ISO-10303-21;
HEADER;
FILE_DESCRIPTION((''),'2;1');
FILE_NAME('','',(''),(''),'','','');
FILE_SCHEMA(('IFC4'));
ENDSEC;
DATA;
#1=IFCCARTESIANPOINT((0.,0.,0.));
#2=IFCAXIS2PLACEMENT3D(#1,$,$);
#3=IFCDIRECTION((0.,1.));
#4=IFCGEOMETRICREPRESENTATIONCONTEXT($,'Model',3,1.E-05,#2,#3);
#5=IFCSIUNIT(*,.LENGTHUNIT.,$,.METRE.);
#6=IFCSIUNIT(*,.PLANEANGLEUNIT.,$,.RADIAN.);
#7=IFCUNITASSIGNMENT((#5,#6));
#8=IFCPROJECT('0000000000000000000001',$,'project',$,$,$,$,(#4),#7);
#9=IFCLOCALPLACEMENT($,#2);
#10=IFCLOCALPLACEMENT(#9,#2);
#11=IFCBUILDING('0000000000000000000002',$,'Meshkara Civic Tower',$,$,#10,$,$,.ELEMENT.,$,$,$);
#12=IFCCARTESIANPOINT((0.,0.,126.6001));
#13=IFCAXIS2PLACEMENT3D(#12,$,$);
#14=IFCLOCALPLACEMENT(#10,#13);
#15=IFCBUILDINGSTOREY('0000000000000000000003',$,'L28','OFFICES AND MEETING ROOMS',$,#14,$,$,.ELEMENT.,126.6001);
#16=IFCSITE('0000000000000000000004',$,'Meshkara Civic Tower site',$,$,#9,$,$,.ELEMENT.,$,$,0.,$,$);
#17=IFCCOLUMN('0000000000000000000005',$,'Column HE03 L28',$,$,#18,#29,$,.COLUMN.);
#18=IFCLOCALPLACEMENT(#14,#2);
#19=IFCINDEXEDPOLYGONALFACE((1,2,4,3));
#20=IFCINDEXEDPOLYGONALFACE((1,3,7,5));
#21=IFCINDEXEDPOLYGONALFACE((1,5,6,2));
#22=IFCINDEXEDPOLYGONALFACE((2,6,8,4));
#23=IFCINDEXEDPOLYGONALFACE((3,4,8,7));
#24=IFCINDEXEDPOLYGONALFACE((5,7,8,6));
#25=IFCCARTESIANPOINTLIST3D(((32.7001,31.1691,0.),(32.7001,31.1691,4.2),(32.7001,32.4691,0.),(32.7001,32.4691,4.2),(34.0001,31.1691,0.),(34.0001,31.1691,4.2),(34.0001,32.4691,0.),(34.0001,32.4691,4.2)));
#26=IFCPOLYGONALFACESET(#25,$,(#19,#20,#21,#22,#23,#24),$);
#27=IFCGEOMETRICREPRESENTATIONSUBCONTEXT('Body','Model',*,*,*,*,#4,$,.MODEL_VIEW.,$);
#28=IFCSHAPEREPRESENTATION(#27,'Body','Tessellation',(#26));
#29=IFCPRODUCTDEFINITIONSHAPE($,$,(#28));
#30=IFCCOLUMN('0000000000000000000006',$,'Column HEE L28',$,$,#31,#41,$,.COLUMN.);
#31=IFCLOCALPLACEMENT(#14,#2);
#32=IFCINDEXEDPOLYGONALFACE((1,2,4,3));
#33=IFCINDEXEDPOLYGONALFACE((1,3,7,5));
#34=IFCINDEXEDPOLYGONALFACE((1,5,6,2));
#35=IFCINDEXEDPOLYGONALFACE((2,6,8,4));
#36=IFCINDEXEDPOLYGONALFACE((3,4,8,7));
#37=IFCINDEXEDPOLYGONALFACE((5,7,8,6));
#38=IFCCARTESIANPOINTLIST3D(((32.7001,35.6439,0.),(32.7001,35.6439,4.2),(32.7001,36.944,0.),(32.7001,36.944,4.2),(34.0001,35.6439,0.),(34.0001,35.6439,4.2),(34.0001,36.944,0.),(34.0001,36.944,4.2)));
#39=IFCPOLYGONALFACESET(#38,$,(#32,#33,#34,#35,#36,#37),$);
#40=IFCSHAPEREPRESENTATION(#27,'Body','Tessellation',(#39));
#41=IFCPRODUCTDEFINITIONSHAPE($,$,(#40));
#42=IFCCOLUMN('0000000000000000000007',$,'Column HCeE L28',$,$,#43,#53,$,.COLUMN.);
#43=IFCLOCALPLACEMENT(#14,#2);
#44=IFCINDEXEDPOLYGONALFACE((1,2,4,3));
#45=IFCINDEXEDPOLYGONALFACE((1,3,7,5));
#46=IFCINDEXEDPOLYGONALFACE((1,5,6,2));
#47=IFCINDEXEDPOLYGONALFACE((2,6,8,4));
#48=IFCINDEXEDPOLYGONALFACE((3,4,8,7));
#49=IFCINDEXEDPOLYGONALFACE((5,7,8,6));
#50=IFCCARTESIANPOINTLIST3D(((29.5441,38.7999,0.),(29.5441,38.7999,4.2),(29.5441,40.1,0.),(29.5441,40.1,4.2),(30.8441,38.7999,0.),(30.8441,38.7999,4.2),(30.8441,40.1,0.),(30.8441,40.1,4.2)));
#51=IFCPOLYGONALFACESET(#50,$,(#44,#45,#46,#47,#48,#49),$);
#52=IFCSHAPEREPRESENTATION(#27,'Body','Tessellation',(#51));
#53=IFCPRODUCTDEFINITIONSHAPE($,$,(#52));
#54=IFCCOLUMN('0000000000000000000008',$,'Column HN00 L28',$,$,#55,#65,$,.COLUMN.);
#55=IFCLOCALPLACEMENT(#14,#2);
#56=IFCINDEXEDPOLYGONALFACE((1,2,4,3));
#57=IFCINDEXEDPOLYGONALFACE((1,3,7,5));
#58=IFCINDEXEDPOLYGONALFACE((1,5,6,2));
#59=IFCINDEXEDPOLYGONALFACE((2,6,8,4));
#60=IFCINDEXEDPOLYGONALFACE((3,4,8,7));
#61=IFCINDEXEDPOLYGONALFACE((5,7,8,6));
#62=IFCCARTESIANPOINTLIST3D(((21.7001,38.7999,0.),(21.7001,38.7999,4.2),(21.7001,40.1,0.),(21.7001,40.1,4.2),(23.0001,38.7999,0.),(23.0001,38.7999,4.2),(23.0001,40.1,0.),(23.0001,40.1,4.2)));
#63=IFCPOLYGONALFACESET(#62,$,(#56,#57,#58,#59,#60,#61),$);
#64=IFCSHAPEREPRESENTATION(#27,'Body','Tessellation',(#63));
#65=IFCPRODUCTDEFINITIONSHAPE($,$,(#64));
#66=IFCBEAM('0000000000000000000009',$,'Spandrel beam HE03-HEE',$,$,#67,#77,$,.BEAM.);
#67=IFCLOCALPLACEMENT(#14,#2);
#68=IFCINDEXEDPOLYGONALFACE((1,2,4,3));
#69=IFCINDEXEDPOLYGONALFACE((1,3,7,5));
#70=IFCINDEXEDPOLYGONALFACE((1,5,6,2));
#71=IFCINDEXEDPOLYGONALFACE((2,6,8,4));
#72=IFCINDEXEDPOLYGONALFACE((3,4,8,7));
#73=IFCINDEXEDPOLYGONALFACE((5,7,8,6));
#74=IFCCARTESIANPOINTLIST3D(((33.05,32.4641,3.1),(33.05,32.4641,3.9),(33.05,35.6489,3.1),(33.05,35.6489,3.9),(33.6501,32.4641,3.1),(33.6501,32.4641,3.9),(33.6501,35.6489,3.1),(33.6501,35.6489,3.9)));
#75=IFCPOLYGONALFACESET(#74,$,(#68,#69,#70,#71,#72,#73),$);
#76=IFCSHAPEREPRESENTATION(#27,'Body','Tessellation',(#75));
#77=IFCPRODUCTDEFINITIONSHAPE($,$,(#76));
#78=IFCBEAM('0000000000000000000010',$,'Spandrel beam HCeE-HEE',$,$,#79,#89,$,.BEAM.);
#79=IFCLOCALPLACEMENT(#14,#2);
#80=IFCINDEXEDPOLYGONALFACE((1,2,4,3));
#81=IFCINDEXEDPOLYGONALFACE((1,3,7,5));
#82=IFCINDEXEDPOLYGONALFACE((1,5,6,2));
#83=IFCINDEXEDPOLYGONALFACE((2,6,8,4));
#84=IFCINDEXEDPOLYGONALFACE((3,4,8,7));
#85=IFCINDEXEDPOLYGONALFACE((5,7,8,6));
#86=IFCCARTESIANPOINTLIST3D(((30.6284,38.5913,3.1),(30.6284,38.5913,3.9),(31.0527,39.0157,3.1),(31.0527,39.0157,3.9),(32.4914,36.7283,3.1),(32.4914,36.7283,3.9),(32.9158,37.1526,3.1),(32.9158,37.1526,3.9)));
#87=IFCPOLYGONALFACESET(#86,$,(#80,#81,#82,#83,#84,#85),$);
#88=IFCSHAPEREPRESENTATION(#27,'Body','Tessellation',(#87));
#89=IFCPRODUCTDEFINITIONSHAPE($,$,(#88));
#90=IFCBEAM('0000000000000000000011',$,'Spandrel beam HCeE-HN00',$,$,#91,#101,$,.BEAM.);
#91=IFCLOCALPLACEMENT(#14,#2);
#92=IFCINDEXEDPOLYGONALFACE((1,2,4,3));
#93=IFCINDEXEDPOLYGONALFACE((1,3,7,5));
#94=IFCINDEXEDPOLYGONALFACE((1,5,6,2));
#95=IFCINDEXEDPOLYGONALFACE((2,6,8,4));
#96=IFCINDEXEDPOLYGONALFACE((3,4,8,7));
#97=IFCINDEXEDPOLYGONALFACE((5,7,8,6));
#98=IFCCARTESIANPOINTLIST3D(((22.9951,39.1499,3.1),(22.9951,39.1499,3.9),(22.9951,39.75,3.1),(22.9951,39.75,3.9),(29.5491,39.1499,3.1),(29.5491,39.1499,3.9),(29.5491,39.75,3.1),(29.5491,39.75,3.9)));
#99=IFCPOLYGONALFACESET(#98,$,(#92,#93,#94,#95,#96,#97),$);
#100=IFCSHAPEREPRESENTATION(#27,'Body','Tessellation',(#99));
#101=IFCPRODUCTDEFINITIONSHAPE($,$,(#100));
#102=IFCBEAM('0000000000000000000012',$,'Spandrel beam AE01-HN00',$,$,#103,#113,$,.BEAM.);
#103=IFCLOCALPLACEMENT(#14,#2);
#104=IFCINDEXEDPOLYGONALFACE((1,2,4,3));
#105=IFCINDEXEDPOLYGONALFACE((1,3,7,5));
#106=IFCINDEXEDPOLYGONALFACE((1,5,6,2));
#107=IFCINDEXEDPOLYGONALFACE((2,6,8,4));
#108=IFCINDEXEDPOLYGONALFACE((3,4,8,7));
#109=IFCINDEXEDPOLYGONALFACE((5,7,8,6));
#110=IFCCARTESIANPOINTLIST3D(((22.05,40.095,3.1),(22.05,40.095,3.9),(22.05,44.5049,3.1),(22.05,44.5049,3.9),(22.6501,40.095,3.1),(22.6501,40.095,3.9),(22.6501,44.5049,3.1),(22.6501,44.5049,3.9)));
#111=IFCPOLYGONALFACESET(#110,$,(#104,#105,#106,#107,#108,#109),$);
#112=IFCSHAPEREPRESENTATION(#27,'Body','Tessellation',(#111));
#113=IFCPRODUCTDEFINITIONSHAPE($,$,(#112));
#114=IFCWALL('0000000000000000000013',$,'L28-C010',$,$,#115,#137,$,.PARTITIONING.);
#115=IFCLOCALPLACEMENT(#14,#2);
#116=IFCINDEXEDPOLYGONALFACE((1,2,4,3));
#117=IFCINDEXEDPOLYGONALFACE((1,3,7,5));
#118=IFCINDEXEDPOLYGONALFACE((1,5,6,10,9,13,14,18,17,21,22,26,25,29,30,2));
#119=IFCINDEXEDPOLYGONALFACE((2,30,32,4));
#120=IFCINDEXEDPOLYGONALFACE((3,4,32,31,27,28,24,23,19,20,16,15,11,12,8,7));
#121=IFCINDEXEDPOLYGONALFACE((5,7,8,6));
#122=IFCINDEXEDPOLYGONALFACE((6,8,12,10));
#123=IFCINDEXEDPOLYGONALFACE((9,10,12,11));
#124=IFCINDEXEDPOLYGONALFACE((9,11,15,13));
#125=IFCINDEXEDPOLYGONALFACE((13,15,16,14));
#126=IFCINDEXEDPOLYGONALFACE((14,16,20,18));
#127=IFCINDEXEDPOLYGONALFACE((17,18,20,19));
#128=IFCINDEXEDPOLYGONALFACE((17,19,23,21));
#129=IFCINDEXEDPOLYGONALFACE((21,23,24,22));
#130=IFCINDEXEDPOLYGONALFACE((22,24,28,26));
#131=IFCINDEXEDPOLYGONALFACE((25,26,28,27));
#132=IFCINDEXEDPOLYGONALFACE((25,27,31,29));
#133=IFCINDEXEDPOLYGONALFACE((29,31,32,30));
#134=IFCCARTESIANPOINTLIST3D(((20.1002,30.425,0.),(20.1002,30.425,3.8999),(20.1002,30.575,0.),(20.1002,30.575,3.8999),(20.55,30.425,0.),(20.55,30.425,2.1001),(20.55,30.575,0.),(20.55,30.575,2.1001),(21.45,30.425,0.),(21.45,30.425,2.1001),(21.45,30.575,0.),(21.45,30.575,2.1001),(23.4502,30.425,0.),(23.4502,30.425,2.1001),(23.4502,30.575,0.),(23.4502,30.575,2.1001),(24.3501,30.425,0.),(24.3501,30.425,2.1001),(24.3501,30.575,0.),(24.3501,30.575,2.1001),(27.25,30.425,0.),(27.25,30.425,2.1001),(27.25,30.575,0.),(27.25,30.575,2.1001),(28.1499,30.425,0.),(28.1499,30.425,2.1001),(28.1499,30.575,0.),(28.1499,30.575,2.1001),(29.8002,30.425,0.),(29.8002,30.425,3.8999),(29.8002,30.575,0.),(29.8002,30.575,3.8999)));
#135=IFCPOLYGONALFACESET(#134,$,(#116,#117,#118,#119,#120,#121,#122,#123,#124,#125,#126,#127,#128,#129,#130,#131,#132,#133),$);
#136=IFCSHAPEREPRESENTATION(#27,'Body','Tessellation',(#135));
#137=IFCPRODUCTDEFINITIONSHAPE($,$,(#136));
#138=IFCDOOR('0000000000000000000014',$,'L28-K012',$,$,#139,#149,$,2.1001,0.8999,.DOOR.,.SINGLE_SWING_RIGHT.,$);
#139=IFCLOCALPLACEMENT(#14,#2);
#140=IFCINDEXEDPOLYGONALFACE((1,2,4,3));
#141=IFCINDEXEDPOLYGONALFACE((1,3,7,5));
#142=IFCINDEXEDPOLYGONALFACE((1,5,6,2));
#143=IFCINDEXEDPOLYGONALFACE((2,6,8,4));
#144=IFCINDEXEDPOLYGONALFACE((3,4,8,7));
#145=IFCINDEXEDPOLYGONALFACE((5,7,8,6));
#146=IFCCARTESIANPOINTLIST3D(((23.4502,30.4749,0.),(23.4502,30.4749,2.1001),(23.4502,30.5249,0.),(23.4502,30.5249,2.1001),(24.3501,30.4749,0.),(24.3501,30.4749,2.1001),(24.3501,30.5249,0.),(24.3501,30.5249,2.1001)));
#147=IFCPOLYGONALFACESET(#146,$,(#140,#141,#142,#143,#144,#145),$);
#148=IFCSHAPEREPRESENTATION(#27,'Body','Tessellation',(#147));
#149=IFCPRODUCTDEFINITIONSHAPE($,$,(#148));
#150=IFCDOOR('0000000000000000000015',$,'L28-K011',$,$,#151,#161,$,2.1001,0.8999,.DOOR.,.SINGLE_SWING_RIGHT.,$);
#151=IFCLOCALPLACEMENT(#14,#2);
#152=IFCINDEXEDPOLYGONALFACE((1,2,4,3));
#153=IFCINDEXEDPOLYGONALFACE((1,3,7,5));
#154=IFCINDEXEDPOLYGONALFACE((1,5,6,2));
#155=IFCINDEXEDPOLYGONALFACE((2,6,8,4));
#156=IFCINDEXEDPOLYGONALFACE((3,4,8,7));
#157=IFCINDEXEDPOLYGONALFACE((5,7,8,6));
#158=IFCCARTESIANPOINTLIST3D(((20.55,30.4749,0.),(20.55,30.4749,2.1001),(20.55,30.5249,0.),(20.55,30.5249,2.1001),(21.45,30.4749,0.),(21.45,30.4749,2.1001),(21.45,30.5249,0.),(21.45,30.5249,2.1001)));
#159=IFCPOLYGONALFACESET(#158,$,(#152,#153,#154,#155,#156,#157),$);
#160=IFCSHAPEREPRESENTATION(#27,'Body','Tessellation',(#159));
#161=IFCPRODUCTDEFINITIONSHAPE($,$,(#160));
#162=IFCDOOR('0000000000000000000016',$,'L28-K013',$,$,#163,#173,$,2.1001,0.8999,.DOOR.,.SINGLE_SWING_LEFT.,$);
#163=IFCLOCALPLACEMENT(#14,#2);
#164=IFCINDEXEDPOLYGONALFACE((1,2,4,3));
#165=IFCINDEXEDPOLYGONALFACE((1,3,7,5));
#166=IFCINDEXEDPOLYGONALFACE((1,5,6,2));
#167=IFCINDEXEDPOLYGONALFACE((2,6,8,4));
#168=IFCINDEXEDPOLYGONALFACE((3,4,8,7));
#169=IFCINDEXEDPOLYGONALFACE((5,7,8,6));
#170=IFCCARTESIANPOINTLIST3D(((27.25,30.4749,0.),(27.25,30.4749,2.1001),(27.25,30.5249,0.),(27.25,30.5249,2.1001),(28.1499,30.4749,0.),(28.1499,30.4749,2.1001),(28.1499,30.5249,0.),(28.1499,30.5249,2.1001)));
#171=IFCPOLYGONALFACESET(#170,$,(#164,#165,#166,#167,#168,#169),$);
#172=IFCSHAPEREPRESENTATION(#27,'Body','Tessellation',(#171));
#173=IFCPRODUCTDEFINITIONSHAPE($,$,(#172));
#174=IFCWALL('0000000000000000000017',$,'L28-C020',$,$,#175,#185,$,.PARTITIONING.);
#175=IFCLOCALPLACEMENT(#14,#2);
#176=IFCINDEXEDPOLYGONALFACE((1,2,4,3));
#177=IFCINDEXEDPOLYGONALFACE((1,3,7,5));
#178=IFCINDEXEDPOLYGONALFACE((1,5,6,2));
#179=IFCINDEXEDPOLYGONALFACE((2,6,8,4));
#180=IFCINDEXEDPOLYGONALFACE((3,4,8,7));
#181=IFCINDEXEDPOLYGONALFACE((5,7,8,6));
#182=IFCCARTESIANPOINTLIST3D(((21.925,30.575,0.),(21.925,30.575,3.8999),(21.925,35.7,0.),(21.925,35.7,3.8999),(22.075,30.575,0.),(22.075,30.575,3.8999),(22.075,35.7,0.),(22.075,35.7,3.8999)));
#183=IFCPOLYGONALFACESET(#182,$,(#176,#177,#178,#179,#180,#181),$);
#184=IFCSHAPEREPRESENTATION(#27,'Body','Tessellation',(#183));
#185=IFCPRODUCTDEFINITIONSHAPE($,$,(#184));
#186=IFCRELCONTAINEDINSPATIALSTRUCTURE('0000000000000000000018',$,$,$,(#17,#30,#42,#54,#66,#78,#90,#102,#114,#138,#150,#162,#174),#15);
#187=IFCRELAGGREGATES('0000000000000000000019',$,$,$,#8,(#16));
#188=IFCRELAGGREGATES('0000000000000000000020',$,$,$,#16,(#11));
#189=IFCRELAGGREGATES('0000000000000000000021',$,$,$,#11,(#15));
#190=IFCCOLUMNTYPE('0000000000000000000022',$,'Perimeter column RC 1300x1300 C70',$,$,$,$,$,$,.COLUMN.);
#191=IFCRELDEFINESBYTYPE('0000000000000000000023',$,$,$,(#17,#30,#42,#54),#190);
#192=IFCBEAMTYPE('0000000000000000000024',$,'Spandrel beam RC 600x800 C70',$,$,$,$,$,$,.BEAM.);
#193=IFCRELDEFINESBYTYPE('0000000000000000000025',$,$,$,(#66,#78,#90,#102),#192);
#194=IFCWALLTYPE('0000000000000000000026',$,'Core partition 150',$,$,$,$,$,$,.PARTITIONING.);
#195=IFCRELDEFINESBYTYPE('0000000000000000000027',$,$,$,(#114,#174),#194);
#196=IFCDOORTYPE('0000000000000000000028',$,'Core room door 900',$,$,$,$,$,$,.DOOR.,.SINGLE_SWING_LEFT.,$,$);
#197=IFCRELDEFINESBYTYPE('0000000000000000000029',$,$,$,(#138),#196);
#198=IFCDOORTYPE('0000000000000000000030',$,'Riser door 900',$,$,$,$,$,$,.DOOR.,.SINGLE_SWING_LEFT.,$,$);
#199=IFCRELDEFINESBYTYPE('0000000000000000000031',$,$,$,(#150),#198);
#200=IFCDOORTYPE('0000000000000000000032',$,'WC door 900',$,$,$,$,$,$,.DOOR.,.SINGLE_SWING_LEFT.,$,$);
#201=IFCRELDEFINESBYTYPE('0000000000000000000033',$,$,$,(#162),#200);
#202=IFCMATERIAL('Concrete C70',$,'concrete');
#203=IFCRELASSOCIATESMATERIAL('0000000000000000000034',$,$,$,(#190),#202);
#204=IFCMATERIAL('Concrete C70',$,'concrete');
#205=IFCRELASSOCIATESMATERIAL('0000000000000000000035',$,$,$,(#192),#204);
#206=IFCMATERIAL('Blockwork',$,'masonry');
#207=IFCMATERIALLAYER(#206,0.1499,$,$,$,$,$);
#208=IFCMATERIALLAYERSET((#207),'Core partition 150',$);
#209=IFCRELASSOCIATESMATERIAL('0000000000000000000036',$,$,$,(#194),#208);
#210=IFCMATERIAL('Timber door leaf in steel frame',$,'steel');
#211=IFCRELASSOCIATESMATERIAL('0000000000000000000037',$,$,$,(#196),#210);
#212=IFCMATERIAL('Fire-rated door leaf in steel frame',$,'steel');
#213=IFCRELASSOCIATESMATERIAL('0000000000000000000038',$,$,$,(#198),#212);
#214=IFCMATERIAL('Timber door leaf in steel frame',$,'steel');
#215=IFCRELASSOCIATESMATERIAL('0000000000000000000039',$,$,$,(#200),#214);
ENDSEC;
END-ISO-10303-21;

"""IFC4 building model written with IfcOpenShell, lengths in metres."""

from ifc_helpers import new_model, si_unit, direction, frame, frame_2d, origin, origin_2d, place, context, subcontext, project, spatial, rectangle, extrude, material, layer, layer_set, material_profile, profile_set, type_object, element, fill, save


model = new_model("IFC4")

# Units and contexts
model_context = context("Model", 3, precision=1e-05, world=origin(), true_north=direction((0.0, 1.0)))
body_context = subcontext(model_context, "Body", "Model", "MODEL_VIEW")
ifc_project = project(units=[si_unit("LENGTHUNIT", "METRE"), si_unit("PLANEANGLEUNIT", "RADIAN")], contexts=[model_context])

# Site, building, storey
site_placement = place(None, origin())
site = spatial("IfcSite", under=ifc_project, at=site_placement, Name="Meshkara Civic Tower site", CompositionType="ELEMENT", RefElevation=0.0)
building_placement = place(site_placement, origin())
building = spatial("IfcBuilding", under=site, at=building_placement, Name="Meshkara Civic Tower", CompositionType="ELEMENT")
storey_placement = place(building_placement, frame((0.0, 0.0, 126.6001)))
storey = spatial("IfcBuildingStorey", under=building, at=storey_placement, Name="L28", Description="OFFICES AND MEETING ROOMS", CompositionType="ELEMENT", Elevation=126.6001)

# Columns
ifc_material_1 = material(Name="Concrete C70", Category="concrete")
ifc_material_profile_1 = material_profile(ifc_material_1, rectangle(XDim=1.3, YDim=1.3, at=origin_2d()))
ifc_profile_set_1 = profile_set([ifc_material_profile_1], Name="Concrete C70")
column_type = type_object("IfcColumnType", Name="Perimeter column RC 1300x1300 C70", PredefinedType="COLUMN", material=ifc_profile_set_1)
for number, where, z_axis, x_axis, name in (
    (1, (33.3501, 31.8191, 0.0), (0.0, 0.0, 1.0), (1.0, 0.0, 0.0), "Column HE03 L28"),
    (2, (33.3501, 36.2939, 0.0), (0.0, 0.0, 1.0), (1.0, 0.0, 0.0), "Column HEE L28"),
    (3, (30.1941, 39.45, 0.0), (0.0, 0.0, 1.0), (1.0, 0.0, 0.0), "Column HCeE L28"),
    (4, (22.3501, 39.45, 0.0), (0.0, 0.0, 1.0), (1.0, 0.0, 0.0), "Column HN00 L28"),
):
    element("IfcColumn", number, at=place(storey_placement, frame(where, z_axis=z_axis, x_axis=x_axis)), inside=storey, type_object=column_type, Name=name, PredefinedType="COLUMN", context=body_context, shape_type="SweptSolid", body=[
        extrude(rectangle(XDim=1.3, YDim=1.3, at=origin_2d()), origin(), (0.0, 0.0, 1.0), 4.2),
    ])

# Beams
ifc_material_2 = material(Name="Concrete C70", Category="concrete")
ifc_material_profile_2 = material_profile(ifc_material_2, rectangle(XDim=0.6001, YDim=0.8, at=origin_2d()))
ifc_profile_set_2 = profile_set([ifc_material_profile_2], Name="Concrete C70")
beam_type = type_object("IfcBeamType", Name="Spandrel beam RC 600x800 C70", PredefinedType="BEAM", material=ifc_profile_set_2)
beam_1_placement = place(storey_placement, frame((33.3501, 32.4641, 3.5), z_axis=(0.0, 1.0, 0.0), x_axis=(-1.0, 0.0, 0.0)))
element("IfcBeam", 5, at=beam_1_placement, inside=storey, type_object=beam_type, Name="Spandrel beam HE03-HEE", PredefinedType="BEAM", context=body_context, shape_type="SweptSolid", body=[
    extrude(rectangle(XDim=0.6001, YDim=0.8, at=origin_2d()), origin(), (0.0, 0.0, 1.0), 3.1848),
])
beam_2_placement = place(storey_placement, frame((32.7036, 36.9404, 3.5), z_axis=(-0.707107, 0.707107, 0.0), x_axis=(-0.707107, -0.707107, 0.0)))
element("IfcBeam", 6, at=beam_2_placement, inside=storey, type_object=beam_type, Name="Spandrel beam HCeE-HEE", PredefinedType="BEAM", context=body_context, shape_type="SweptSolid", body=[
    extrude(rectangle(XDim=0.6001, YDim=0.8, at=origin_2d()), origin(), (0.0, 0.0, 1.0), 2.6348),
])
beam_3_placement = place(storey_placement, frame((29.5491, 39.45, 3.5), z_axis=(-1.0, 0.0, 0.0), x_axis=(0.0, -1.0, 0.0)))
element("IfcBeam", 7, at=beam_3_placement, inside=storey, type_object=beam_type, Name="Spandrel beam HCeE-HN00", PredefinedType="BEAM", context=body_context, shape_type="SweptSolid", body=[
    extrude(rectangle(XDim=0.6001, YDim=0.8, at=origin_2d()), origin(), (0.0, 0.0, 1.0), 6.554),
])
beam_4_placement = place(storey_placement, frame((22.3501, 40.095, 3.5), z_axis=(0.0, 1.0, 0.0), x_axis=(-1.0, 0.0, 0.0)))
element("IfcBeam", 8, at=beam_4_placement, inside=storey, type_object=beam_type, Name="Spandrel beam AE01-HN00", PredefinedType="BEAM", context=body_context, shape_type="SweptSolid", body=[
    extrude(rectangle(XDim=0.6001, YDim=0.8, at=origin_2d()), origin(), (0.0, 0.0, 1.0), 4.4099),
])

# Wall, openings, doors
ifc_material_3 = material(Name="Blockwork", Category="masonry")
ifc_layer_1 = layer(ifc_material_3, 0.1499)
ifc_layer_set_1 = layer_set([ifc_layer_1], Name="Core partition 150")
wall_type_1 = type_object("IfcWallType", Name="Core partition 150", PredefinedType="PARTITIONING", material=ifc_layer_set_1)
wall_1_placement = place(storey_placement, frame((20.1001, 30.5, 0.0), z_axis=(0.0, 0.0, 1.0), x_axis=(1.0, 0.0, 0.0)))
wall_1 = element("IfcWall", 9, at=wall_1_placement, inside=storey, type_object=wall_type_1, Name="L28-C010", PredefinedType="PARTITIONING", context=body_context, shape_type="SweptSolid", body=[
    extrude(rectangle(XDim=9.7, YDim=0.1499, at=frame_2d((4.8501, 0.0))), origin(), (0.0, 0.0, 1.0), 3.8999),
])
opening_1_placement = place(wall_1_placement, frame((0.45, 0.0, 0.0)))
opening_1 = element("IfcOpeningElement", 10, at=opening_1_placement, cuts=wall_1, PredefinedType="OPENING", context=body_context, shape_type="SweptSolid", body=[
    extrude(rectangle(XDim=0.8999, YDim=2.1001, at=frame_2d((0.45, 1.05))), frame((0.0, 0.085, 0.0), z_axis=(0.0, -1.0, 0.0), x_axis=(1.0, 0.0, 0.0)), (0.0, 0.0, 1.0), 0.1699),
])
opening_2_placement = place(wall_1_placement, frame((3.3501, 0.0, 0.0)))
opening_2 = element("IfcOpeningElement", 11, at=opening_2_placement, cuts=wall_1, PredefinedType="OPENING", context=body_context, shape_type="SweptSolid", body=[
    extrude(rectangle(XDim=0.8999, YDim=2.1001, at=frame_2d((0.45, 1.05))), frame((0.0, 0.085, 0.0), z_axis=(0.0, -1.0, 0.0), x_axis=(1.0, 0.0, 0.0)), (0.0, 0.0, 1.0), 0.1699),
])
opening_3_placement = place(wall_1_placement, frame((7.1499, 0.0, 0.0)))
opening_3 = element("IfcOpeningElement", 12, at=opening_3_placement, cuts=wall_1, PredefinedType="OPENING", context=body_context, shape_type="SweptSolid", body=[
    extrude(rectangle(XDim=0.8999, YDim=2.1001, at=frame_2d((0.45, 1.05))), frame((0.0, 0.085, 0.0), z_axis=(0.0, -1.0, 0.0), x_axis=(1.0, 0.0, 0.0)), (0.0, 0.0, 1.0), 0.1699),
])
ifc_material_4 = material(Name="Timber door leaf in steel frame", Category="steel")
door_type_1 = type_object("IfcDoorType", Name="Core room door 900", OperationType="SINGLE_SWING_LEFT", PredefinedType="DOOR", material=ifc_material_4)
door_1_placement = place(opening_2_placement, origin())
door_1 = element("IfcDoor", 13, at=door_1_placement, inside=storey, type_object=door_type_1, Name="L28-K012", OperationType="SINGLE_SWING_RIGHT", OverallHeight=2.1001, OverallWidth=0.8999, PredefinedType="DOOR", context=body_context, shape_type="SweptSolid", body=[
    extrude(rectangle(XDim=0.8999, YDim=2.1001, at=frame_2d((0.45, 1.05))), frame((0.0, 0.0249, 0.0), z_axis=(0.0, -1.0, 0.0), x_axis=(1.0, 0.0, 0.0)), (0.0, 0.0, 1.0), 0.05),
])
fill(opening_2, door_1)
ifc_material_5 = material(Name="Fire-rated door leaf in steel frame", Category="steel")
door_type_2 = type_object("IfcDoorType", Name="Riser door 900", OperationType="SINGLE_SWING_LEFT", PredefinedType="DOOR", material=ifc_material_5)
door_2_placement = place(opening_1_placement, origin())
door_2 = element("IfcDoor", 14, at=door_2_placement, inside=storey, type_object=door_type_2, Name="L28-K011", OperationType="SINGLE_SWING_RIGHT", OverallHeight=2.1001, OverallWidth=0.8999, PredefinedType="DOOR", context=body_context, shape_type="SweptSolid", body=[
    extrude(rectangle(XDim=0.8999, YDim=2.1001, at=frame_2d((0.45, 1.05))), frame((0.0, 0.0249, 0.0), z_axis=(0.0, -1.0, 0.0), x_axis=(1.0, 0.0, 0.0)), (0.0, 0.0, 1.0), 0.05),
])
fill(opening_1, door_2)
ifc_material_6 = material(Name="Timber door leaf in steel frame", Category="steel")
door_type_3 = type_object("IfcDoorType", Name="WC door 900", OperationType="SINGLE_SWING_LEFT", PredefinedType="DOOR", material=ifc_material_6)
door_3_placement = place(opening_3_placement, origin())
door_3 = element("IfcDoor", 15, at=door_3_placement, inside=storey, type_object=door_type_3, Name="L28-K013", OperationType="SINGLE_SWING_LEFT", OverallHeight=2.1001, OverallWidth=0.8999, PredefinedType="DOOR", context=body_context, shape_type="SweptSolid", body=[
    extrude(rectangle(XDim=0.8999, YDim=2.1001, at=frame_2d((0.45, 1.05))), frame((0.0, 0.0249, 0.0), z_axis=(0.0, -1.0, 0.0), x_axis=(1.0, 0.0, 0.0)), (0.0, 0.0, 1.0), 0.05),
])
fill(opening_3, door_3)

# Wall
for number, where, z_axis, x_axis, name in (
    (16, (22.0, 30.575, 0.0), (0.0, 0.0, 1.0), (0.0, 1.0, 0.0), "L28-C020"),
):
    element("IfcWall", number, at=place(storey_placement, frame(where, z_axis=z_axis, x_axis=x_axis)), inside=storey, type_object=wall_type_1, Name=name, PredefinedType="PARTITIONING", context=body_context, shape_type="SweptSolid", body=[
        extrude(rectangle(XDim=5.125, YDim=0.1499, at=frame_2d((2.5625, 0.0))), origin(), (0.0, 0.0, 1.0), 3.8999),
    ])

save(model, "model.ifc")
